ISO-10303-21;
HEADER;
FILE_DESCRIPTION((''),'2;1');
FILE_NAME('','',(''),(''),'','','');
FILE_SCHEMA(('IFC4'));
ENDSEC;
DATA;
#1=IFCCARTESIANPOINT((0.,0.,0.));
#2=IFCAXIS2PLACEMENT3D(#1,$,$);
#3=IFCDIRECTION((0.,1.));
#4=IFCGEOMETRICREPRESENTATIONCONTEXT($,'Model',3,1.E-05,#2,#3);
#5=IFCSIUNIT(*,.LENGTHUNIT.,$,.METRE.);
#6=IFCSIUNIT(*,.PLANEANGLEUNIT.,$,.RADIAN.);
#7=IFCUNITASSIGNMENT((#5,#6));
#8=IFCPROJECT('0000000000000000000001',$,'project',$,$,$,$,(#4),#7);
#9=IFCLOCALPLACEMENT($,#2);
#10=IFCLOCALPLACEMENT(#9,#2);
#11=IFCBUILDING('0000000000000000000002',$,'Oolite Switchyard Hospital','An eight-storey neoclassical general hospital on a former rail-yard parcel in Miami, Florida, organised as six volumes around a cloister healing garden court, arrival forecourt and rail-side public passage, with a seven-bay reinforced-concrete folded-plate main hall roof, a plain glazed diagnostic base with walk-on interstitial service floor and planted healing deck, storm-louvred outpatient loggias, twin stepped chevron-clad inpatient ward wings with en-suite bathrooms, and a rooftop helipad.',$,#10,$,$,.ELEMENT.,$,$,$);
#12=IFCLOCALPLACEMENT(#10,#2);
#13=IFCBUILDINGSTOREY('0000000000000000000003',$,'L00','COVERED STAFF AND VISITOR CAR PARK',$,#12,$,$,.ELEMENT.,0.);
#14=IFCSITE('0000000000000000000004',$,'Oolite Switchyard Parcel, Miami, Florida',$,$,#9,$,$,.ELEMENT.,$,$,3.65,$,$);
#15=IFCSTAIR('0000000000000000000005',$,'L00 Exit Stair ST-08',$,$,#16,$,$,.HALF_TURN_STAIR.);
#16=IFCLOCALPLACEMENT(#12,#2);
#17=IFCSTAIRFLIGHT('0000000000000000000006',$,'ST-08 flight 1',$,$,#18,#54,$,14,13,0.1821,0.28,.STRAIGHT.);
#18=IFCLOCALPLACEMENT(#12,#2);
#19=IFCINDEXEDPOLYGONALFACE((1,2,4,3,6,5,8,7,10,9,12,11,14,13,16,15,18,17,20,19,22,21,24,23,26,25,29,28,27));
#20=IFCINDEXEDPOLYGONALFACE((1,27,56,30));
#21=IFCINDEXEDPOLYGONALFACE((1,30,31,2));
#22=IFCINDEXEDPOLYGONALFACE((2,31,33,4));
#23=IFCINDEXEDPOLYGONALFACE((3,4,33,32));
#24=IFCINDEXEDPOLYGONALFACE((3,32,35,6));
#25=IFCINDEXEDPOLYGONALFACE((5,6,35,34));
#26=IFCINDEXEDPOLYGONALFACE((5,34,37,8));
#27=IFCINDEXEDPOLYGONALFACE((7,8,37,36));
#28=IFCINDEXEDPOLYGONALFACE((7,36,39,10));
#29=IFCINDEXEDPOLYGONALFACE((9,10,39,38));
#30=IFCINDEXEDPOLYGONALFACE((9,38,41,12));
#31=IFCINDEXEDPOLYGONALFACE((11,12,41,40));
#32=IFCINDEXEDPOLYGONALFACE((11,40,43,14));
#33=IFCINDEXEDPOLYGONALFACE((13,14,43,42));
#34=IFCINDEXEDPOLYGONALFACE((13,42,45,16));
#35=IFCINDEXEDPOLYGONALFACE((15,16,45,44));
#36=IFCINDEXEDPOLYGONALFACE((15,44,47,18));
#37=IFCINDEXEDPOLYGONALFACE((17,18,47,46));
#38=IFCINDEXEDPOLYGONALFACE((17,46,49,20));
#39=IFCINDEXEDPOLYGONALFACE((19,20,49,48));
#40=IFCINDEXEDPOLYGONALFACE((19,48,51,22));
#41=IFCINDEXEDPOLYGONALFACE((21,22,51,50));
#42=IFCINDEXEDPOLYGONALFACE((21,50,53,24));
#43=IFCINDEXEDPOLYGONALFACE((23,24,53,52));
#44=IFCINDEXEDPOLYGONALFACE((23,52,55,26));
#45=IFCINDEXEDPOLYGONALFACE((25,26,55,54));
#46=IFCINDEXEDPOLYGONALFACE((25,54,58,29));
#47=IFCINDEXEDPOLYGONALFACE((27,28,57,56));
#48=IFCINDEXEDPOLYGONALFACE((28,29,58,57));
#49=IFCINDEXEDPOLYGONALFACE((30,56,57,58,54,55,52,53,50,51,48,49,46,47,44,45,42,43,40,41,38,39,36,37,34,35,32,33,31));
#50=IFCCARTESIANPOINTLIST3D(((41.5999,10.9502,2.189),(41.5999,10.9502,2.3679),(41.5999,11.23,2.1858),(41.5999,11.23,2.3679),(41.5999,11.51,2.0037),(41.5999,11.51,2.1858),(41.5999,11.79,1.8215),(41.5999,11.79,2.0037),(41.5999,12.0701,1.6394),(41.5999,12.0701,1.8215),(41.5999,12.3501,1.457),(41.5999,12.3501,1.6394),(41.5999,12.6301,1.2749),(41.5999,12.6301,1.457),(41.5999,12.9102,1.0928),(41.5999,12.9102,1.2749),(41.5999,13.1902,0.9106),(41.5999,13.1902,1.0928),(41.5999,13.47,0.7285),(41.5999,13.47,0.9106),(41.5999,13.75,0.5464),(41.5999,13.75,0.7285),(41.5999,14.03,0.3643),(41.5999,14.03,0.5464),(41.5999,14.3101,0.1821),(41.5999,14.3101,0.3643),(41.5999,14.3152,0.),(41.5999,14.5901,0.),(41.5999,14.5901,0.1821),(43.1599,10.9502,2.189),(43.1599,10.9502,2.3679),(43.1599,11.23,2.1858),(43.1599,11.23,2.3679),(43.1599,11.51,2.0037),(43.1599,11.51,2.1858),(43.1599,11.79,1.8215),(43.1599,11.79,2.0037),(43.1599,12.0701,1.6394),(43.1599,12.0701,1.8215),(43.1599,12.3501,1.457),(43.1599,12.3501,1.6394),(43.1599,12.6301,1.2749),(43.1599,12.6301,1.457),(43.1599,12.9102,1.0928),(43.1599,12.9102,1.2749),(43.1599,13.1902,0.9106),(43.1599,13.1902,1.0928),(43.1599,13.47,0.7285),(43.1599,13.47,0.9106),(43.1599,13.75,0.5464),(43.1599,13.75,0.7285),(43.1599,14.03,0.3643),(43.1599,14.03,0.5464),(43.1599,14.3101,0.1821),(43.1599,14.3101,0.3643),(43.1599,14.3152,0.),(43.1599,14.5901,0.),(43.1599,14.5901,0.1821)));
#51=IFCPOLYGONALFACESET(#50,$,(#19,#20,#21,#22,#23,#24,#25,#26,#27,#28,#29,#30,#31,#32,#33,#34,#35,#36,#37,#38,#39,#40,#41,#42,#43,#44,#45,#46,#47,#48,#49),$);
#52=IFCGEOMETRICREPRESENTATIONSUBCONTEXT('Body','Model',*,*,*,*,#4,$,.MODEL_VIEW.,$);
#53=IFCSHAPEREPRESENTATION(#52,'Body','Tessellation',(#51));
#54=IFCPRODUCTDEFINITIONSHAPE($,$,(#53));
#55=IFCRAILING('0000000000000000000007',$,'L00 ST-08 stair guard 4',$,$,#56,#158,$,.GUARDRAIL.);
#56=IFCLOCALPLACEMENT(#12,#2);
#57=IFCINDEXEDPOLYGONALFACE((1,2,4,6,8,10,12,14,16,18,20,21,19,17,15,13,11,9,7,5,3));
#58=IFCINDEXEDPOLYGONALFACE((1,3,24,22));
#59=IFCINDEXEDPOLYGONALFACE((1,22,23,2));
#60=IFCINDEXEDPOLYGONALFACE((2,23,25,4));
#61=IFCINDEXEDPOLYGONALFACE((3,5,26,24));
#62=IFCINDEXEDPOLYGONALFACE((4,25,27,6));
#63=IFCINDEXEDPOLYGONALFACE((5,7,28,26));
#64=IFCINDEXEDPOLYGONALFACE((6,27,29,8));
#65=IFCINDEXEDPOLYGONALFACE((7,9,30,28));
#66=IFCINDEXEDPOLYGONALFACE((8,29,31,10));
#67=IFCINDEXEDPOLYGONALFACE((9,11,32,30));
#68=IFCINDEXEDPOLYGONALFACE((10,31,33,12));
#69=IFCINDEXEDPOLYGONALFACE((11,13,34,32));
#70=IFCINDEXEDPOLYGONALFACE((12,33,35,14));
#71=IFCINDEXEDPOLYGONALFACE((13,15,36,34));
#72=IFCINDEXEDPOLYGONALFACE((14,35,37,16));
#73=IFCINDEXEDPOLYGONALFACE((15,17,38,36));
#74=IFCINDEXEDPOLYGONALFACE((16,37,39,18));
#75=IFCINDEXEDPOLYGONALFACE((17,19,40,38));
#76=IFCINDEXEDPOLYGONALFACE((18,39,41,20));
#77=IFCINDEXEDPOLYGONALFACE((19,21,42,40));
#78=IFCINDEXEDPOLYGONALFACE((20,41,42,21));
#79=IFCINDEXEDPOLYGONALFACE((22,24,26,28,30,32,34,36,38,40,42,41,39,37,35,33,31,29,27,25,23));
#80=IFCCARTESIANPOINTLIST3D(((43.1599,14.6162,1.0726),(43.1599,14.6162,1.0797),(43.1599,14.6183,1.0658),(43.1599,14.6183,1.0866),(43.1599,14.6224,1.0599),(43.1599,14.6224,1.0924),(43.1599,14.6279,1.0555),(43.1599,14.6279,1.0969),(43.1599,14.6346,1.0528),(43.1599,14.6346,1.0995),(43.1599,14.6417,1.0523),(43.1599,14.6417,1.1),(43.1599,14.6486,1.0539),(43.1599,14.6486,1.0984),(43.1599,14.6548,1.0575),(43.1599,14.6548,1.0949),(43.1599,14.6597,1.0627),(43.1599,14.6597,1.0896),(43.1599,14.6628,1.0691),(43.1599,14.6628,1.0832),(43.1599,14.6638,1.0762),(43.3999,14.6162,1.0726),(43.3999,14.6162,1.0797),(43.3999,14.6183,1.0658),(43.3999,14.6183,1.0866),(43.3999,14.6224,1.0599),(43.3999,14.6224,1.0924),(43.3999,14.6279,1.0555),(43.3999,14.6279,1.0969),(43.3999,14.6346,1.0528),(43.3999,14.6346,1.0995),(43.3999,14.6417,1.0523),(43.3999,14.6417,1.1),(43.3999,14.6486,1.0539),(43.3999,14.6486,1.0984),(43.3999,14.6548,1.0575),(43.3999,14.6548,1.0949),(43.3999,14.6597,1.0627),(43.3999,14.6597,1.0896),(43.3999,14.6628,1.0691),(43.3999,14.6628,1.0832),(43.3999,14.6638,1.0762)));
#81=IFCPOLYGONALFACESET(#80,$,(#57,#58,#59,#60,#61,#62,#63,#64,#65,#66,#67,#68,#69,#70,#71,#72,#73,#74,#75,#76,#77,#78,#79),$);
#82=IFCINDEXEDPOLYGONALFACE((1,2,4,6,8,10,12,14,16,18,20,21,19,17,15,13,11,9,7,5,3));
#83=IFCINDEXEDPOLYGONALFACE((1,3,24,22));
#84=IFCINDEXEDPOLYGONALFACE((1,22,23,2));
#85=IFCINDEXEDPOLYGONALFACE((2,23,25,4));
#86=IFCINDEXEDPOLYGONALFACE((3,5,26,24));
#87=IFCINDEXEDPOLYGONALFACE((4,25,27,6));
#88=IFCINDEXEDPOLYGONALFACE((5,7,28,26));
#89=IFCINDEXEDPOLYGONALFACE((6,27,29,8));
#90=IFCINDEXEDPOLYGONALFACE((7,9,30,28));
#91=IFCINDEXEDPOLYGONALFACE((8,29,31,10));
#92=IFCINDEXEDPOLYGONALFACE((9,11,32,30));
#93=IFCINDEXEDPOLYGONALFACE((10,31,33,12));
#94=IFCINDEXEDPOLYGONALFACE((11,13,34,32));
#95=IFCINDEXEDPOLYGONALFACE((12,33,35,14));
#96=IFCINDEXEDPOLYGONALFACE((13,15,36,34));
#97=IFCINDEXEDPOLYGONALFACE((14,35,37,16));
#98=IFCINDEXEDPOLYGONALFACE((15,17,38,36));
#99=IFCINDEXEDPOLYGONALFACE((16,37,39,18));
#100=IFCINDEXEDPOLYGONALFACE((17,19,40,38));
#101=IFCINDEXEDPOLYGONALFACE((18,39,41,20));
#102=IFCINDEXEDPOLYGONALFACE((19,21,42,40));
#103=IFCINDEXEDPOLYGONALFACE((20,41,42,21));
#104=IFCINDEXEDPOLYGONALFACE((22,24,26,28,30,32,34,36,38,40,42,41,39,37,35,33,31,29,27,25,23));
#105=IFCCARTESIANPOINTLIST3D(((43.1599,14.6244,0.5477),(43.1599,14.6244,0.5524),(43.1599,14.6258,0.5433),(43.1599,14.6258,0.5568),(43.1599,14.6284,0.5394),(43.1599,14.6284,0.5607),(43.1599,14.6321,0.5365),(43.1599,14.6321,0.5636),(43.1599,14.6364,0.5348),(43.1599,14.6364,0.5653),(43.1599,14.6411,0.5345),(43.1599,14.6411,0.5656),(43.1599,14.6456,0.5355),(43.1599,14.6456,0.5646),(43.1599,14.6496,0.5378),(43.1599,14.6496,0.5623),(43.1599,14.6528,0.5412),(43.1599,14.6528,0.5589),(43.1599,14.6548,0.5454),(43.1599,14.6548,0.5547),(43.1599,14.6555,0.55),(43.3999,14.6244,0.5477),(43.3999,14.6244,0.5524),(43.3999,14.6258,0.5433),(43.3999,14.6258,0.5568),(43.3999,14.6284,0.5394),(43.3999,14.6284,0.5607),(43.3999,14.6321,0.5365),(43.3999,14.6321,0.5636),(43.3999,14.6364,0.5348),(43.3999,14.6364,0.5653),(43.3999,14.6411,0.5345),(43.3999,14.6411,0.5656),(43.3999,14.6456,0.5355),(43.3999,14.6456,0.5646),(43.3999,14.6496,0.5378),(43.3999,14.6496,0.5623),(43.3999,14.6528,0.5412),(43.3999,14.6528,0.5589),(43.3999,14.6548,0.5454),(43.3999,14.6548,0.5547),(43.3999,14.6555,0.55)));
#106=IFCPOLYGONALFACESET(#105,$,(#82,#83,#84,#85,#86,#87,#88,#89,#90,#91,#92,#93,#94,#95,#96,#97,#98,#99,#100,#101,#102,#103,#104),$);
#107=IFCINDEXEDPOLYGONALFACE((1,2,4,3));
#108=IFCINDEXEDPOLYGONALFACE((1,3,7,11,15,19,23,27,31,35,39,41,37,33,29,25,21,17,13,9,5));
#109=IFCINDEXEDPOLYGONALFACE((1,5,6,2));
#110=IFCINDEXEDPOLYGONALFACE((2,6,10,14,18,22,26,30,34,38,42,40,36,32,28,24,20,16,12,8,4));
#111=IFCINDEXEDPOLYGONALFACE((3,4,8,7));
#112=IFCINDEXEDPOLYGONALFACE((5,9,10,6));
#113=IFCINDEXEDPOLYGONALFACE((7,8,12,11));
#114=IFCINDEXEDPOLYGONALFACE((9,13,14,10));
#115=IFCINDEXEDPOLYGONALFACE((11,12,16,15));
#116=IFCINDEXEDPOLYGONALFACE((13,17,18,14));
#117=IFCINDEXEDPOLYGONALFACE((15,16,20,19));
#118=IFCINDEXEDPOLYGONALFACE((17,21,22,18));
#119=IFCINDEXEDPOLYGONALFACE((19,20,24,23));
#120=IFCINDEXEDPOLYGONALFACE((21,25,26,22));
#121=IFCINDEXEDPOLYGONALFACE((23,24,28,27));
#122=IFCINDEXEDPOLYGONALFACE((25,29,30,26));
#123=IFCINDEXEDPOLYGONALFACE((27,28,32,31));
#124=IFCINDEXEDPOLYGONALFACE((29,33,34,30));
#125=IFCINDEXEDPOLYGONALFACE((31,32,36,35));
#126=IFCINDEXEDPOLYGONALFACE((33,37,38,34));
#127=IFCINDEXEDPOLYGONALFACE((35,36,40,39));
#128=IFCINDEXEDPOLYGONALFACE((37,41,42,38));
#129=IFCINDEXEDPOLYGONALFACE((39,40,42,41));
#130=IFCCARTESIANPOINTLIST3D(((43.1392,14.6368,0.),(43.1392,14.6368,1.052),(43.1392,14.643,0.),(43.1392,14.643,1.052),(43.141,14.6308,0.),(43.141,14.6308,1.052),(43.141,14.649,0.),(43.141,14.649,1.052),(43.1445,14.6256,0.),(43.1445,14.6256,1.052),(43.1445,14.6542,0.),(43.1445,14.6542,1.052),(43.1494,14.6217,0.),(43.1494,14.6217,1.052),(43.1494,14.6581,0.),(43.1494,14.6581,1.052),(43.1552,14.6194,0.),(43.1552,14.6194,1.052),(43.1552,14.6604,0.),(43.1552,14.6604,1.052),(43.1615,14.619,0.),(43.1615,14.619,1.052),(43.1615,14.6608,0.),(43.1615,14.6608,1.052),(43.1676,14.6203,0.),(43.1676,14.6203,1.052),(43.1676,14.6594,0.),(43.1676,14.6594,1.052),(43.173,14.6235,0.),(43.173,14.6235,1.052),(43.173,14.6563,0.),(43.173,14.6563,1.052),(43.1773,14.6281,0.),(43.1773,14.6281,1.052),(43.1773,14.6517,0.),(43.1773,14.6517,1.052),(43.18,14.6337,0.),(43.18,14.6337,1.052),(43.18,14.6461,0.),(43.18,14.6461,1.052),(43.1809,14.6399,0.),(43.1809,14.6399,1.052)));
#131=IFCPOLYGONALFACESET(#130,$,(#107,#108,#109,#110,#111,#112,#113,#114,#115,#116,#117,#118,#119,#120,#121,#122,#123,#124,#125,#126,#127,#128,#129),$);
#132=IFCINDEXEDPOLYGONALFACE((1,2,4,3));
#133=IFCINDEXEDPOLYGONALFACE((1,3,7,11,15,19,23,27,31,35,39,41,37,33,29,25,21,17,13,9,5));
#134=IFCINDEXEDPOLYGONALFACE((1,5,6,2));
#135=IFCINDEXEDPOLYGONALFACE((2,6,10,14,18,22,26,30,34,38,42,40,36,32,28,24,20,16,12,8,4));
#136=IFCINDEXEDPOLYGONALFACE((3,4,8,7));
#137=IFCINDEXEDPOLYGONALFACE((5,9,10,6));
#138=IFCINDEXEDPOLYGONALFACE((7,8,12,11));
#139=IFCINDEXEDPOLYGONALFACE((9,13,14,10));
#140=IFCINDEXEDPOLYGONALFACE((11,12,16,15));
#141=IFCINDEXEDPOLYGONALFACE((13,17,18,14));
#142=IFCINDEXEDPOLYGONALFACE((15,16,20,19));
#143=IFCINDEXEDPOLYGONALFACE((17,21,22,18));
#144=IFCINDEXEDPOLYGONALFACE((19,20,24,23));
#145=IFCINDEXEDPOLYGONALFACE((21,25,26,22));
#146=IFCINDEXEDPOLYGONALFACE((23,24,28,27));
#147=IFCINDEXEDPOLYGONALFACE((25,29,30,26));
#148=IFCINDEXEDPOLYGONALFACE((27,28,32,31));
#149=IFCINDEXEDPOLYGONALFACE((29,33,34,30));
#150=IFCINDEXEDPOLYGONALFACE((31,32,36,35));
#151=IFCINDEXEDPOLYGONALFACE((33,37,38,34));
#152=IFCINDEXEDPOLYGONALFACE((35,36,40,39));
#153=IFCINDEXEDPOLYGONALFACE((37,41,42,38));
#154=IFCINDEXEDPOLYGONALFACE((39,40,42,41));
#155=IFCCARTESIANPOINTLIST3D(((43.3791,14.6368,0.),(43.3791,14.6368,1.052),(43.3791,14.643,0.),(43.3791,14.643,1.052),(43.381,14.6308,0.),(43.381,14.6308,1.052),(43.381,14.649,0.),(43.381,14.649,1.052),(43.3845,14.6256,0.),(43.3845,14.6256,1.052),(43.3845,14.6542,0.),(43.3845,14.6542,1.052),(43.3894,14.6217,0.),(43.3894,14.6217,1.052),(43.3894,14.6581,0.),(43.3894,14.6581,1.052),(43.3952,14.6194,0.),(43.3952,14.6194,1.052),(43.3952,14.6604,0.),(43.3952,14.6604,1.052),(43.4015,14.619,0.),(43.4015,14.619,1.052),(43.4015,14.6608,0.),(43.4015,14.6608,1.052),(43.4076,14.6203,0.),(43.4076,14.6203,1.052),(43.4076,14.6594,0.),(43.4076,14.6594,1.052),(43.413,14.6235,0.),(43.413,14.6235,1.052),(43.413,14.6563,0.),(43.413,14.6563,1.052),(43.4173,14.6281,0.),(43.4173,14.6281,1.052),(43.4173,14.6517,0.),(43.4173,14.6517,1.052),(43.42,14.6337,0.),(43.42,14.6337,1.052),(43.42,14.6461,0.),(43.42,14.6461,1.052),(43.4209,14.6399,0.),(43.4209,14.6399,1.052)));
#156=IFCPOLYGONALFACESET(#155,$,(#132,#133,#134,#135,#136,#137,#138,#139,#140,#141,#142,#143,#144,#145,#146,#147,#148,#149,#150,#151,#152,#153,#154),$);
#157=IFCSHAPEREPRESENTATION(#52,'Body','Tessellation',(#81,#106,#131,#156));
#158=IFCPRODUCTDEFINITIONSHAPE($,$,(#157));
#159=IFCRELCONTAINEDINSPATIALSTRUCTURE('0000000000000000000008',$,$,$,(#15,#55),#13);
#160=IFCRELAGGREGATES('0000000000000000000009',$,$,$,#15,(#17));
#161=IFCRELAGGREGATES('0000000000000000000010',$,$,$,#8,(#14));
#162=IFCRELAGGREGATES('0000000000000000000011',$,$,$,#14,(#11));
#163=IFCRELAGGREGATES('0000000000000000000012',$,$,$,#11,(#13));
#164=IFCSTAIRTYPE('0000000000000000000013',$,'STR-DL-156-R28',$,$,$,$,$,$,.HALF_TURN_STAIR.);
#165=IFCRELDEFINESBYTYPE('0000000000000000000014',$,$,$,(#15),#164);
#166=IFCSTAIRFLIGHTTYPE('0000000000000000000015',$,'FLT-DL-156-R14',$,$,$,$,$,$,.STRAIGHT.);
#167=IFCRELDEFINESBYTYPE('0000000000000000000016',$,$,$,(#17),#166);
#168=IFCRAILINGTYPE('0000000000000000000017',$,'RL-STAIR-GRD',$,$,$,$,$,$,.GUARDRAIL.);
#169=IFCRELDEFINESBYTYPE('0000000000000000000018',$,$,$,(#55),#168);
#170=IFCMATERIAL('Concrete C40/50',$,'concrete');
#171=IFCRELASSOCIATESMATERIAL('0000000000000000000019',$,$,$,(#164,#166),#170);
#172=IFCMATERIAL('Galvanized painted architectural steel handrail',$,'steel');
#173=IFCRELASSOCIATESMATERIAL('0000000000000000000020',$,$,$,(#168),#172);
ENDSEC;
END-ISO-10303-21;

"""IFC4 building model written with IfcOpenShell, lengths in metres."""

from ifc_helpers import new_model, si_unit, direction, frame, origin, origin_2d, place, context, subcontext, project, spatial, polyline, circle, outline, extrude, material, type_object, element, aggregate, save


model = new_model("IFC4")

# Units and contexts
model_context = context("Model", 3, precision=1e-05, world=origin(), true_north=direction((0.0, 1.0)))
body_context = subcontext(model_context, "Body", "Model", "MODEL_VIEW")
ifc_project = project(units=[si_unit("LENGTHUNIT", "METRE"), si_unit("PLANEANGLEUNIT", "RADIAN")], contexts=[model_context])

# Site, building, storey
site_placement = place(None, origin())
site = spatial("IfcSite", under=ifc_project, at=site_placement, Name="Oolite Switchyard Parcel, Miami, Florida", CompositionType="ELEMENT", RefElevation=3.65)
building_placement = place(site_placement, origin())
building = spatial("IfcBuilding", under=site, at=building_placement, Name="Oolite Switchyard Hospital", Description="An eight-storey neoclassical general hospital on a former rail-yard parcel in Miami, Florida, organised as six volumes around a cloister healing garden court, arrival forecourt and rail-side public passage, with a seven-bay reinforced-concrete folded-plate main hall roof, a plain glazed diagnostic base with walk-on interstitial service floor and planted healing deck, storm-louvred outpatient loggias, twin stepped chevron-clad inpatient ward wings with en-suite bathrooms, and a rooftop helipad.", CompositionType="ELEMENT")
storey_placement = place(building_placement, origin())
storey = spatial("IfcBuildingStorey", under=building, at=storey_placement, Name="L00", Description="COVERED STAFF AND VISITOR CAR PARK", CompositionType="ELEMENT", Elevation=0.0)

# Shared definitions
ifc_material_1 = material(Name="Concrete C40/50", Category="concrete")

# Stair, stair flight
stair_type = type_object("IfcStairType", Name="STR-DL-156-R28", PredefinedType="HALF_TURN_STAIR", material=ifc_material_1)
stair_placement = place(storey_placement, origin())
stair = element("IfcStair", 1, at=stair_placement, inside=storey, type_object=stair_type, Name="L00 Exit Stair ST-08", PredefinedType="HALF_TURN_STAIR")
stair_flight_type = type_object("IfcStairFlightType", Name="FLT-DL-156-R14", PredefinedType="STRAIGHT", material=ifc_material_1)
stair_flight_placement = place(storey_placement, frame((42.3799, 14.5901, 0.0), z_axis=(0.0, 0.0, 1.0), x_axis=(0.0, -1.0, 0.0)))
stair_flight = element("IfcStairFlight", 2, at=stair_flight_placement, type_object=stair_flight_type, Name="ST-08 flight 1", NumberOfRisers=14, NumberOfTreads=13, PredefinedType="STRAIGHT", RiserHeight=0.1821, TreadLength=0.28, context=body_context, shape_type="SweptSolid", body=[
    extrude(outline(polyline([(0.0, 0.0), (0.0, 0.1821), (0.28, 0.1821), (0.28, 0.3643), (0.5601, 0.3643), (0.5601, 0.5464), (0.8401, 0.5464), (0.8401, 0.7285), (1.1201, 0.7285), (1.1201, 0.9106), (1.3999, 0.9106), (1.3999, 1.0928), (1.6799, 1.0928), (1.6799, 1.2749), (1.96, 1.2749), (1.96, 1.457), (2.24, 1.457), (2.24, 1.6394), (2.52, 1.6394), (2.52, 1.8215), (2.8, 1.8215), (2.8, 2.0037), (3.0801, 2.0037), (3.0801, 2.1858), (3.3601, 2.1858), (3.3601, 2.3679), (3.6399, 2.3679), (3.6399, 2.55), (3.6399, 2.189), (0.2749, 0.0), (0.0, 0.0)])), frame((0.0, 0.78, 0.0), z_axis=(0.0, -1.0, 0.0), x_axis=(1.0, 0.0, 0.0)), (0.0, 0.0, 1.0), 1.5601),
])
aggregate(stair, [stair_flight])

# Railing
ifc_material_2 = material(Name="Galvanized painted architectural steel handrail", Category="steel")
railing_type_1 = type_object("IfcRailingType", Name="RL-STAIR-GRD", PredefinedType="GUARDRAIL", material=ifc_material_2)
railing_1_placement = place(storey_placement, frame((43.1599, 14.6399, 0.0)))
element("IfcRailing", 3, at=railing_1_placement, inside=storey, type_object=railing_type_1, Name="L00 ST-08 stair guard 4", PredefinedType="GUARDRAIL", context=body_context, shape_type="SweptSolid", body=[
    extrude(circle(Radius=0.0239, at=origin_2d()), frame((0.0, 0.0, 1.0762), z_axis=(1.0, 0.0, 0.0), x_axis=(0.0, 1.0, 0.0)), (0.0, 0.0, 1.0), 0.24),
    extrude(circle(Radius=0.0156, at=origin_2d()), frame((0.0, 0.0, 0.55), z_axis=(1.0, 0.0, 0.0), x_axis=(0.0, 1.0, 0.0)), (0.0, 0.0, 1.0), 0.24),
    extrude(circle(Radius=0.021, at=origin_2d()), origin(), (0.0, 0.0, 1.0), 1.052),
    extrude(circle(Radius=0.021, at=origin_2d()), frame((0.24, 0.0, 0.0)), (0.0, 0.0, 1.0), 1.052),
])

save(model, "model.ifc")
